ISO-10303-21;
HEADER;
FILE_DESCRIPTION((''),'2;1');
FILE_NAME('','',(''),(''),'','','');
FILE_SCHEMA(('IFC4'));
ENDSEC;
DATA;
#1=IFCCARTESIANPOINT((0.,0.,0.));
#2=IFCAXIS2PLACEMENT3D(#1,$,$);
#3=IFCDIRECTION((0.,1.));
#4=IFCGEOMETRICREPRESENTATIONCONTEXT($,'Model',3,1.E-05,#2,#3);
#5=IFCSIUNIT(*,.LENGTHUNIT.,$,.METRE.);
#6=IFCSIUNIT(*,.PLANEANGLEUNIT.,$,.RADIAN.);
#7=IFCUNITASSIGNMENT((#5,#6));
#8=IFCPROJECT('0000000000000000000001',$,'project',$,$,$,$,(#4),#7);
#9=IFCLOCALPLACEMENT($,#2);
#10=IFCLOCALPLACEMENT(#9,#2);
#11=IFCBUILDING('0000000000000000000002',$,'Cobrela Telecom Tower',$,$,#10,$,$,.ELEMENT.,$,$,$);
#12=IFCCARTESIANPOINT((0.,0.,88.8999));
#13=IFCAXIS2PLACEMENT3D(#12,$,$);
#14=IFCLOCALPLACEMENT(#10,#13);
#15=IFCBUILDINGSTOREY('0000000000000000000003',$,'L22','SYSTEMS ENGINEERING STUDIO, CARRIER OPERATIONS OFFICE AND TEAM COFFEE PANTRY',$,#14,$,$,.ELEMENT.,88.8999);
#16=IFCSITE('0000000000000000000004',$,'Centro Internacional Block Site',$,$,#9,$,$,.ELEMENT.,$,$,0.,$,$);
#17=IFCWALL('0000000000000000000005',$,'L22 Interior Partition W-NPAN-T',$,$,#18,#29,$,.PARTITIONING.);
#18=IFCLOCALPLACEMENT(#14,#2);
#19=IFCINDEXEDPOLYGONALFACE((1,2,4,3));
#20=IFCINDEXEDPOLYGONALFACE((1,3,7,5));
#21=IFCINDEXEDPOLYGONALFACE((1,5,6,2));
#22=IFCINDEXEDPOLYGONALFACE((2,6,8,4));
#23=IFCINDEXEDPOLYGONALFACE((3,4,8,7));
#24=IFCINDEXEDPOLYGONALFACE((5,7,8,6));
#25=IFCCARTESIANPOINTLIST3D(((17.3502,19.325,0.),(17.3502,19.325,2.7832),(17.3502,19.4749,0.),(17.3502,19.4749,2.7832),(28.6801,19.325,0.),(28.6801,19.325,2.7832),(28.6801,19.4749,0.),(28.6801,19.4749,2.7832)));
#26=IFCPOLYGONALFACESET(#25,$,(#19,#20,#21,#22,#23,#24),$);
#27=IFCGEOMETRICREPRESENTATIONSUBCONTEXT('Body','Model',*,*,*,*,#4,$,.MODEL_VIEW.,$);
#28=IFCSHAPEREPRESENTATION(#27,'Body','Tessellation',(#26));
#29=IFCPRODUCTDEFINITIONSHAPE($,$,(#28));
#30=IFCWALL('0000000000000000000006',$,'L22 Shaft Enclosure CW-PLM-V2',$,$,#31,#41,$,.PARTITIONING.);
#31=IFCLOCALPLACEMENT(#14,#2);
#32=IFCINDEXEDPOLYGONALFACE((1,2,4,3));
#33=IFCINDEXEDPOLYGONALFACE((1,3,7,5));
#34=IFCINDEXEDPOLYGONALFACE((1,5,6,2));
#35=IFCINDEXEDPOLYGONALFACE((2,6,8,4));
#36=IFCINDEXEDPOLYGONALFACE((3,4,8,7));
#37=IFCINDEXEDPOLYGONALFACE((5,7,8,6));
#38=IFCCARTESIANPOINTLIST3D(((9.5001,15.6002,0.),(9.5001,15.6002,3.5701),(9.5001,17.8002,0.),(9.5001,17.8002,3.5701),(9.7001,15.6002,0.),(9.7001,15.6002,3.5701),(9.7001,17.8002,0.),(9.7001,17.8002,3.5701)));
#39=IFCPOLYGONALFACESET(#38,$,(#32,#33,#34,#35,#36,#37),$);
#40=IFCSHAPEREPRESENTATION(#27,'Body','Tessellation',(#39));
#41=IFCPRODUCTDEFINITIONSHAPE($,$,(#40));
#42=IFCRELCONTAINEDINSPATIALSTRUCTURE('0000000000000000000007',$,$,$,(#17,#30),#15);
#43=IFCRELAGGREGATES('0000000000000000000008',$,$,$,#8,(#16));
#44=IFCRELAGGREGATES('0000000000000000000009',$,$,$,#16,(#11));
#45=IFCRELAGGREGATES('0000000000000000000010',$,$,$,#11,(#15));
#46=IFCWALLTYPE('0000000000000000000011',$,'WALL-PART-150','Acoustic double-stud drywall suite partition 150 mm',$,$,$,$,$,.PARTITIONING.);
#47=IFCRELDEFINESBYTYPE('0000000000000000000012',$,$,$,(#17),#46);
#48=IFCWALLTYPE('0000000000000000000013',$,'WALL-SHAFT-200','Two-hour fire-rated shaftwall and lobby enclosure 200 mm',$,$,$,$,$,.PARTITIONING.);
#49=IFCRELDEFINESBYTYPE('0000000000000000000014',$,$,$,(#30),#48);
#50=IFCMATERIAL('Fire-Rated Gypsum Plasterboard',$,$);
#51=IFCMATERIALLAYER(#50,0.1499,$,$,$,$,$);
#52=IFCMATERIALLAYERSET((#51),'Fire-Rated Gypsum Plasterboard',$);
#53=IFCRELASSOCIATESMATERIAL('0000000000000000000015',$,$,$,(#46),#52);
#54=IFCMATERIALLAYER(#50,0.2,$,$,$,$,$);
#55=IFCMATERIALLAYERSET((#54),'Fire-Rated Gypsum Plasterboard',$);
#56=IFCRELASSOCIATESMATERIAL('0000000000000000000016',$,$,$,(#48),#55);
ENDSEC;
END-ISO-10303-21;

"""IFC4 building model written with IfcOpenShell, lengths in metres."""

from ifc_helpers import new_model, si_unit, direction, frame, frame_2d, origin, place, context, subcontext, project, spatial, rectangle, extrude, material, layer, layer_set, type_object, element, save


model = new_model("IFC4")

# Units and contexts
model_context = context("Model", 3, precision=1e-05, world=origin(), true_north=direction((0.0, 1.0)))
body_context = subcontext(model_context, "Body", "Model", "MODEL_VIEW")
ifc_project = project(units=[si_unit("LENGTHUNIT", "METRE"), si_unit("PLANEANGLEUNIT", "RADIAN")], contexts=[model_context])

# Site, building, storey
site_placement = place(None, origin())
site = spatial("IfcSite", under=ifc_project, at=site_placement, Name="Centro Internacional Block Site", CompositionType="ELEMENT", RefElevation=0.0)
building_placement = place(site_placement, origin())
building = spatial("IfcBuilding", under=site, at=building_placement, Name="Cobrela Telecom Tower", CompositionType="ELEMENT")
storey_placement = place(building_placement, frame((0.0, 0.0, 88.8999)))
storey = spatial("IfcBuildingStorey", under=building, at=storey_placement, Name="L22", Description="SYSTEMS ENGINEERING STUDIO, CARRIER OPERATIONS OFFICE AND TEAM COFFEE PANTRY", CompositionType="ELEMENT", Elevation=88.8999)

# Walls
ifc_material_1 = material(Name="Fire-Rated Gypsum Plasterboard")
ifc_layer_1 = layer(ifc_material_1, 0.1499)
ifc_layer_set_1 = layer_set([ifc_layer_1], Name="Fire-Rated Gypsum Plasterboard")
wall_type_1 = type_object("IfcWallType", Name="WALL-PART-150", Description="Acoustic double-stud drywall suite partition 150 mm", PredefinedType="PARTITIONING", material=ifc_layer_set_1)
wall_1_placement = place(storey_placement, frame((17.3501, 19.3999, 0.0), z_axis=(0.0, 0.0, 1.0), x_axis=(1.0, 0.0, 0.0)))
element("IfcWall", 1, at=wall_1_placement, inside=storey, type_object=wall_type_1, Name="L22 Interior Partition W-NPAN-T", PredefinedType="PARTITIONING", context=body_context, shape_type="SweptSolid", body=[
    extrude(rectangle(XDim=11.3298, YDim=0.1499, at=frame_2d((5.665, 0.0))), origin(), (0.0, 0.0, 1.0), 2.7832),
])
ifc_layer_2 = layer(ifc_material_1, 0.2)
ifc_layer_set_2 = layer_set([ifc_layer_2], Name="Fire-Rated Gypsum Plasterboard")
wall_type_2 = type_object("IfcWallType", Name="WALL-SHAFT-200", Description="Two-hour fire-rated shaftwall and lobby enclosure 200 mm", PredefinedType="PARTITIONING", material=ifc_layer_set_2)
wall_2_placement = place(storey_placement, frame((9.6001, 15.6001, 0.0), z_axis=(0.0, 0.0, 1.0), x_axis=(0.0, 1.0, 0.0)))
element("IfcWall", 2, at=wall_2_placement, inside=storey, type_object=wall_type_2, Name="L22 Shaft Enclosure CW-PLM-V2", PredefinedType="PARTITIONING", context=body_context, shape_type="SweptSolid", body=[
    extrude(rectangle(XDim=2.2, YDim=0.2, at=frame_2d((1.1001, 0.0))), origin(), (0.0, 0.0, 1.0), 3.5701),
])

save(model, "model.ifc")
